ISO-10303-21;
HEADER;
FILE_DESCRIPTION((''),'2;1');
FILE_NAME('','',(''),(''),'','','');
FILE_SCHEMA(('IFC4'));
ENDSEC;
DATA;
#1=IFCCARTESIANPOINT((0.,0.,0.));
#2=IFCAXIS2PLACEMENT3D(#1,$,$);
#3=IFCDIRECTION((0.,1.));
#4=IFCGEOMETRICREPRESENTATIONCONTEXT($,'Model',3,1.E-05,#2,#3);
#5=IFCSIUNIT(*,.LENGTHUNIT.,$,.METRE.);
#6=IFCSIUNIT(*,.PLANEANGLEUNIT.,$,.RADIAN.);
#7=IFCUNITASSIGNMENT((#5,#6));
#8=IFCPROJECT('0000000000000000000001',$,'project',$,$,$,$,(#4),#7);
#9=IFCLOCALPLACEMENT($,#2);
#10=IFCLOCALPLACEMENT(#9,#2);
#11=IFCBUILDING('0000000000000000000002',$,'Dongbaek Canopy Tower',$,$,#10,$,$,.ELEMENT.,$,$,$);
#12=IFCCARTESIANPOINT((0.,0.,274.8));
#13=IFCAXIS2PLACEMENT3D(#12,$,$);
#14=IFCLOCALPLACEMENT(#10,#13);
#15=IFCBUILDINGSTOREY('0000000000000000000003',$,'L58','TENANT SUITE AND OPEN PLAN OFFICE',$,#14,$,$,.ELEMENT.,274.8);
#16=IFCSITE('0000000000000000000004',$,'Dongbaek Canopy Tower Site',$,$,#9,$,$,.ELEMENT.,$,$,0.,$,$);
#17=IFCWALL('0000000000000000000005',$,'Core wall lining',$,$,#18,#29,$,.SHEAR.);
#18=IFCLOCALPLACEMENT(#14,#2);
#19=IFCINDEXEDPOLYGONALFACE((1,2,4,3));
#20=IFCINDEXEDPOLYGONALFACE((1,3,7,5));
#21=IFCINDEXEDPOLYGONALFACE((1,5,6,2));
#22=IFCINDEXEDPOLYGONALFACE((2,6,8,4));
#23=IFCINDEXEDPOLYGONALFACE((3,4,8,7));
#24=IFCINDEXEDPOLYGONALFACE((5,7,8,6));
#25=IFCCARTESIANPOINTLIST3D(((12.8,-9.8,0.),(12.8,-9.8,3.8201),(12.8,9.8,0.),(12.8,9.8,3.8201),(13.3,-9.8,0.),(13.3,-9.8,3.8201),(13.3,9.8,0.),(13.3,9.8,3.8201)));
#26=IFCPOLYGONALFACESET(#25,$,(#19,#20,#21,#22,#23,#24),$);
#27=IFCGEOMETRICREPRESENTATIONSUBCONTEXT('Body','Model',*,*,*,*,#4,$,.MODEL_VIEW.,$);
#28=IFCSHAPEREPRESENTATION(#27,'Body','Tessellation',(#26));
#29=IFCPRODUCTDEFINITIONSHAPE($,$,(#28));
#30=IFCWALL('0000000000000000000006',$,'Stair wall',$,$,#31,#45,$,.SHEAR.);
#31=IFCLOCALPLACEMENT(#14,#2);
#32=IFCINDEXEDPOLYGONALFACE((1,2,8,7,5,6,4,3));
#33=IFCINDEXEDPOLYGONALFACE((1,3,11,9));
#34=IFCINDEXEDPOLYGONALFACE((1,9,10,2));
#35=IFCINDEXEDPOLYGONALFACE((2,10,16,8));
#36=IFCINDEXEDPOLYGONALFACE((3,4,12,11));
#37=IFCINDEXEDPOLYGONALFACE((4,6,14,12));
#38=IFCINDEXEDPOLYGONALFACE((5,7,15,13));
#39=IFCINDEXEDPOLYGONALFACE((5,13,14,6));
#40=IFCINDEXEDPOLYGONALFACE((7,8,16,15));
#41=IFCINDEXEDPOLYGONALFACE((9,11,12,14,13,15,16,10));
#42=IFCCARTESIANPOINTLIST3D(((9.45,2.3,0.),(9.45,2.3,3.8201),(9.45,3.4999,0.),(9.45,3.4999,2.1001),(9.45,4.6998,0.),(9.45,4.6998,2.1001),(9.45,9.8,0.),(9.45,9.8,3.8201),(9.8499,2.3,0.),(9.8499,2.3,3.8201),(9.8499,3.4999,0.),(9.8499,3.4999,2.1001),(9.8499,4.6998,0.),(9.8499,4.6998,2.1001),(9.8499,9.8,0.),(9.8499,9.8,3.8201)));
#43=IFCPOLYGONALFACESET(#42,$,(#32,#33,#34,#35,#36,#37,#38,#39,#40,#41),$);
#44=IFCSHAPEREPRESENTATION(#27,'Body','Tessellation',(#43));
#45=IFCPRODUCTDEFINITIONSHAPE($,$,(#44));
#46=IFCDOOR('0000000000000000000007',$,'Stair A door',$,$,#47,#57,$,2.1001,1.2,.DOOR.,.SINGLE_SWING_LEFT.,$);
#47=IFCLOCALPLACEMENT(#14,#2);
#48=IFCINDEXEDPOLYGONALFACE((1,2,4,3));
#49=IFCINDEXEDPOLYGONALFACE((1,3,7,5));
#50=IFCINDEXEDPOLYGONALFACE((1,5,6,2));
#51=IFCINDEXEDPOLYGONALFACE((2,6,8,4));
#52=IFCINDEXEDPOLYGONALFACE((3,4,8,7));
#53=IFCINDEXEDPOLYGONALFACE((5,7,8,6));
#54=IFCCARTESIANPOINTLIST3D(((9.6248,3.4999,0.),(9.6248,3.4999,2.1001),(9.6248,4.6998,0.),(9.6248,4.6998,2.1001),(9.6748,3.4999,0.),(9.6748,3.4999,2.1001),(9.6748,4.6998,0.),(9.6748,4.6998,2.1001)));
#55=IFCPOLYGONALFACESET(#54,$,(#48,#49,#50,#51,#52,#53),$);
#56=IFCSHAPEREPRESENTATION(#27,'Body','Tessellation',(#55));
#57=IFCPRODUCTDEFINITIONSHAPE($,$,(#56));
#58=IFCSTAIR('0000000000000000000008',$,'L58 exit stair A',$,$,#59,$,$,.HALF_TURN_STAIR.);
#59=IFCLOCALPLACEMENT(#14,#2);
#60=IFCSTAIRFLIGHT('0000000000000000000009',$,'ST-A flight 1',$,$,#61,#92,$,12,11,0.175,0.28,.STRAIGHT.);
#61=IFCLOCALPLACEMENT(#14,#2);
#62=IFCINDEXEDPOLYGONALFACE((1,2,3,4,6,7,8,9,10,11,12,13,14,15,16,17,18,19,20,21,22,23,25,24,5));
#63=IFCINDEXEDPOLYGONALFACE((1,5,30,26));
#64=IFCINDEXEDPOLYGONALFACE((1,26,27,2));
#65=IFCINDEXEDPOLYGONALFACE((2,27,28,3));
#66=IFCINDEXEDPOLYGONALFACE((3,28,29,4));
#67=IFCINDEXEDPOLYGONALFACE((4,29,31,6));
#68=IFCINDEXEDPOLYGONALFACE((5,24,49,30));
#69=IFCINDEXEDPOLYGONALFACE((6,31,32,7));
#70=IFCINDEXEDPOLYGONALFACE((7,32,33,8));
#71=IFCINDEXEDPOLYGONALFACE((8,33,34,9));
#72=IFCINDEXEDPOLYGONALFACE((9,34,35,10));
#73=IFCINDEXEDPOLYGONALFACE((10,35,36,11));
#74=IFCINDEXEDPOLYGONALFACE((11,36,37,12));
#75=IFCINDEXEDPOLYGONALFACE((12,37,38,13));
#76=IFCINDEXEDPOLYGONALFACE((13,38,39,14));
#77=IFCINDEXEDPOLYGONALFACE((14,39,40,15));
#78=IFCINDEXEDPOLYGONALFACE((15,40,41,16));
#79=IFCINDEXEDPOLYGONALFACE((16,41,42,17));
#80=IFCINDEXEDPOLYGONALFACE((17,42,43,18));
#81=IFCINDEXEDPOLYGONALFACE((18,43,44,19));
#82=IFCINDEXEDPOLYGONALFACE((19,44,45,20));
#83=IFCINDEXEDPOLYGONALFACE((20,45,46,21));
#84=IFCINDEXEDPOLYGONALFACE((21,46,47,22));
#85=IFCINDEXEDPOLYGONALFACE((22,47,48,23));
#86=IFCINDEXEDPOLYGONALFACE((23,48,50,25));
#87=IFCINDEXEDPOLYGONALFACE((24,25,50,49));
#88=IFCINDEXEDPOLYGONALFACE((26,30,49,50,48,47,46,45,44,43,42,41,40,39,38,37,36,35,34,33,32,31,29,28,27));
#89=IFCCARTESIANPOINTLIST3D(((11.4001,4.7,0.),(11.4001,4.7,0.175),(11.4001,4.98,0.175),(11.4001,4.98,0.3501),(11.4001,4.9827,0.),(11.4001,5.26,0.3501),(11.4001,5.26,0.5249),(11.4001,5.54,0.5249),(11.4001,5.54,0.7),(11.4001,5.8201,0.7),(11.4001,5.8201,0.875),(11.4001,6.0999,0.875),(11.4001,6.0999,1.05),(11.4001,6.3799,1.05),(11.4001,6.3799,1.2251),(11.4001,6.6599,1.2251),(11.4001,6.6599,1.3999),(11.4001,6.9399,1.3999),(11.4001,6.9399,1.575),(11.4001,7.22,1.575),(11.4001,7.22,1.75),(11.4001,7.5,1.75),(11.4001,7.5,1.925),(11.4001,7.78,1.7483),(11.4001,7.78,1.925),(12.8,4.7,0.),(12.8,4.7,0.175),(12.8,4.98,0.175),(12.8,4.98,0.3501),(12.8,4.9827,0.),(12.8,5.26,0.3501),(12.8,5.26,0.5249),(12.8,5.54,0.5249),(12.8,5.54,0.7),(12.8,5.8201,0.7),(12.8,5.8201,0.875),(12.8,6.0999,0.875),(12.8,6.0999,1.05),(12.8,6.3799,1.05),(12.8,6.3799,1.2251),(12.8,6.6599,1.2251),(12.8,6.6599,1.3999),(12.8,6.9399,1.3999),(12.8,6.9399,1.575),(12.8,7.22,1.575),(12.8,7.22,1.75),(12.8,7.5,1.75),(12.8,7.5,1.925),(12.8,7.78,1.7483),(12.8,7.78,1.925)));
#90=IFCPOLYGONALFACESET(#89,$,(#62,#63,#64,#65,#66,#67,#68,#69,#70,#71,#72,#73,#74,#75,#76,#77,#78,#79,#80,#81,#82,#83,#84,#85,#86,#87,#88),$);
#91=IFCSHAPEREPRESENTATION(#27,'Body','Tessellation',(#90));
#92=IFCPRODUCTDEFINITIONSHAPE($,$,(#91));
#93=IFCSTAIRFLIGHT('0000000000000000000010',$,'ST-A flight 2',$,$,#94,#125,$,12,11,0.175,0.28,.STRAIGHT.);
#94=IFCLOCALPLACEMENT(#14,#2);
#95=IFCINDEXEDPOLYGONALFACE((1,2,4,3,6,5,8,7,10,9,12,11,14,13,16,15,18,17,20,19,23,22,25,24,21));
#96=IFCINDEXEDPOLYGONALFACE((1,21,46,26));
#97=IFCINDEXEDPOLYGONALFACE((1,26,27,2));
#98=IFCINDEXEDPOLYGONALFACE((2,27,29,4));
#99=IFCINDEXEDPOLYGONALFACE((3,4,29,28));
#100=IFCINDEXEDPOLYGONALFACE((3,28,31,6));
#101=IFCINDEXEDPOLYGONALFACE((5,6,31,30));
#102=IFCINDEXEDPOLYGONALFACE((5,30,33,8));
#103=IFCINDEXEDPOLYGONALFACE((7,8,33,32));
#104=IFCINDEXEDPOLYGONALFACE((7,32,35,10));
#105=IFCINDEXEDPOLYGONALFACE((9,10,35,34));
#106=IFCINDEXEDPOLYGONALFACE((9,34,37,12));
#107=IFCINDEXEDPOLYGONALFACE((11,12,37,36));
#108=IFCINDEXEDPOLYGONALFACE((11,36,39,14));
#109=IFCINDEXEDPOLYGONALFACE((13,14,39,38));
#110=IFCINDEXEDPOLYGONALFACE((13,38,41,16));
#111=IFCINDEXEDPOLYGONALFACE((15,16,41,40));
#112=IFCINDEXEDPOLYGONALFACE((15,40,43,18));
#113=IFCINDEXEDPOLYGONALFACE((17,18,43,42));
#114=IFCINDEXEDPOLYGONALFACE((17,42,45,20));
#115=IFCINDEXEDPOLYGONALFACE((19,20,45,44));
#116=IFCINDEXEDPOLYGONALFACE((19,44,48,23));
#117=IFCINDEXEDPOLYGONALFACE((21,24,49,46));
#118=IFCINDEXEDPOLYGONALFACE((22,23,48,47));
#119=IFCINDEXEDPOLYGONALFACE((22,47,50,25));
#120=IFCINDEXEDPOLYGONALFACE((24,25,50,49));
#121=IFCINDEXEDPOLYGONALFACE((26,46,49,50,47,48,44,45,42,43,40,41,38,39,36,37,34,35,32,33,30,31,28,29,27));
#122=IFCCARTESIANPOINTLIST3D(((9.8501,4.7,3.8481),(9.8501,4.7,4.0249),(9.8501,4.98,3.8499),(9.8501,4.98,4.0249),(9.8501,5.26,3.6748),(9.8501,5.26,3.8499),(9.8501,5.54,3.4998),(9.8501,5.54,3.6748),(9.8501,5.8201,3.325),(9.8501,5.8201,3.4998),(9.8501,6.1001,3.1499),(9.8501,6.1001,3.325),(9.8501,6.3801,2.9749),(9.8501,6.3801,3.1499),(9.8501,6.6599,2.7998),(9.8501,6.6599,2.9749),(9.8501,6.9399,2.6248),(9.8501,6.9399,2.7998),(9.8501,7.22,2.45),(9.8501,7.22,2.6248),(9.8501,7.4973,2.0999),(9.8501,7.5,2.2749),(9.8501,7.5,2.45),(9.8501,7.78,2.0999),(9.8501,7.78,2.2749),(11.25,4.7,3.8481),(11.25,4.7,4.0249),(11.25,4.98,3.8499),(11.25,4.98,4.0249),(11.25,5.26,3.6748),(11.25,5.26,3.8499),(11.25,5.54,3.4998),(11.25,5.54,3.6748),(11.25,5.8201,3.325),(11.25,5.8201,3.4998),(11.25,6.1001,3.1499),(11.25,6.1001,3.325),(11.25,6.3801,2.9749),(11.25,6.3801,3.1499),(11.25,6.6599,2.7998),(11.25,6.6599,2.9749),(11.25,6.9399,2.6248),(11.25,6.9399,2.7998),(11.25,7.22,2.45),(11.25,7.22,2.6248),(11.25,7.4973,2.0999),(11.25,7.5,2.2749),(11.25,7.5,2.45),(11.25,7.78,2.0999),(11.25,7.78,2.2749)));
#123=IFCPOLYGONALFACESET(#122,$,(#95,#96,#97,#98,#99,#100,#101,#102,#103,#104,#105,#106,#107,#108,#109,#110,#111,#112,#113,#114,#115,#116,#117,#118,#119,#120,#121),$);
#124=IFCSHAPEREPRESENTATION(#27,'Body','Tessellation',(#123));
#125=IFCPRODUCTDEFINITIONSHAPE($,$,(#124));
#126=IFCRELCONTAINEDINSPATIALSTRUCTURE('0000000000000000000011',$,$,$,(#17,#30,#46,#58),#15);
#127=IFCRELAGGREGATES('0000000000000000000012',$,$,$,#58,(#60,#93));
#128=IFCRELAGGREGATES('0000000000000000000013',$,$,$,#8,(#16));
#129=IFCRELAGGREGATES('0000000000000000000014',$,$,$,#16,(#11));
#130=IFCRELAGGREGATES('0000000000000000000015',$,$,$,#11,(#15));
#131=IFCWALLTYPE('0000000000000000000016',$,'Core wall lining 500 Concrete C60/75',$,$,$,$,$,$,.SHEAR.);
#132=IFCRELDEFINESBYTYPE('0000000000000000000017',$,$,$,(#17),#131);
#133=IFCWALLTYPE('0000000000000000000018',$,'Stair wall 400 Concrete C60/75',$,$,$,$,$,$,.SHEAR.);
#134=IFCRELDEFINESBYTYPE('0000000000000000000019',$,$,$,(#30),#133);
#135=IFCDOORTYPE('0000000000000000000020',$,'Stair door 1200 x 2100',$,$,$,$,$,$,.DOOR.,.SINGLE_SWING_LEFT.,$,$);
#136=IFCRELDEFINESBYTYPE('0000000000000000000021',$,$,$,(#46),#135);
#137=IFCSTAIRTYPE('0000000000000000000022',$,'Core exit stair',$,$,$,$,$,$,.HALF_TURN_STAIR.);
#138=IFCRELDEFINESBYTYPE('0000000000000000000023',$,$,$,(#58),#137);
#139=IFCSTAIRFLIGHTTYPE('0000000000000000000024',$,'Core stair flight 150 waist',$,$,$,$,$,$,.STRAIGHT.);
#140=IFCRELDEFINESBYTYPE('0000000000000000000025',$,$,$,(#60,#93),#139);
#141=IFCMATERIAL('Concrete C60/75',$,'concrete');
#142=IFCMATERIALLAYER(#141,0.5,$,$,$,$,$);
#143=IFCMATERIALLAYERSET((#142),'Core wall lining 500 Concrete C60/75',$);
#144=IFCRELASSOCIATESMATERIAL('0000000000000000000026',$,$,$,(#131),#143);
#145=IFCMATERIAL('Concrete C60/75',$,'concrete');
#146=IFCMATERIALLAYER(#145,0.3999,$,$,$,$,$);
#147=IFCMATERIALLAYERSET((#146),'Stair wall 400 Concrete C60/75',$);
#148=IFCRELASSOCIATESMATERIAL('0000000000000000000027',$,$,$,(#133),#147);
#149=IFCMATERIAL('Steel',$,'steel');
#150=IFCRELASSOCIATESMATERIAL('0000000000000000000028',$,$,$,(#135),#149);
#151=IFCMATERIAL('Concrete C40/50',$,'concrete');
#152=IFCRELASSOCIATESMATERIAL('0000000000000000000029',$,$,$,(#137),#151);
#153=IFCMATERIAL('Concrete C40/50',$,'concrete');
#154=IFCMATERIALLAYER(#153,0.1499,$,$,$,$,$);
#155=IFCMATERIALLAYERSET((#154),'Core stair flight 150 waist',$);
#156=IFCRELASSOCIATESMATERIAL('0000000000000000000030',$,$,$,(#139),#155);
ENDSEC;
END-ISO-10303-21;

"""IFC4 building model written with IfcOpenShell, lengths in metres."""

from ifc_helpers import new_model, si_unit, direction, frame, frame_2d, origin, place, context, subcontext, project, spatial, polyline, rectangle, outline, extrude, material, layer, layer_set, type_object, element, fill, aggregate, save


model = new_model("IFC4")

# Units and contexts
model_context = context("Model", 3, precision=1e-05, world=origin(), true_north=direction((0.0, 1.0)))
body_context = subcontext(model_context, "Body", "Model", "MODEL_VIEW")
ifc_project = project(units=[si_unit("LENGTHUNIT", "METRE"), si_unit("PLANEANGLEUNIT", "RADIAN")], contexts=[model_context])

# Site, building, storey
site_placement = place(None, origin())
site = spatial("IfcSite", under=ifc_project, at=site_placement, Name="Dongbaek Canopy Tower Site", CompositionType="ELEMENT", RefElevation=0.0)
building_placement = place(site_placement, origin())
building = spatial("IfcBuilding", under=site, at=building_placement, Name="Dongbaek Canopy Tower", CompositionType="ELEMENT")
storey_placement = place(building_placement, frame((0.0, 0.0, 274.8)))
storey = spatial("IfcBuildingStorey", under=building, at=storey_placement, Name="L58", Description="TENANT SUITE AND OPEN PLAN OFFICE", CompositionType="ELEMENT", Elevation=274.8)

# Wall
ifc_material_1 = material(Name="Concrete C60/75", Category="concrete")
ifc_layer_1 = layer(ifc_material_1, 0.5)
ifc_layer_set_1 = layer_set([ifc_layer_1], Name="Core wall lining 500 Concrete C60/75")
wall_type_1 = type_object("IfcWallType", Name="Core wall lining 500 Concrete C60/75", PredefinedType="SHEAR", material=ifc_layer_set_1)
wall_1_placement = place(storey_placement, frame((13.05, 9.8, 0.0), z_axis=(0.0, 0.0, 1.0), x_axis=(0.0, -1.0, 0.0)))
element("IfcWall", 1, at=wall_1_placement, inside=storey, type_object=wall_type_1, Name="Core wall lining", PredefinedType="SHEAR", context=body_context, shape_type="SweptSolid", body=[
    extrude(rectangle(XDim=19.6001, YDim=0.5, at=frame_2d((9.8, 0.0))), origin(), (0.0, 0.0, 1.0), 3.8201),
])

# Wall, opening, door
ifc_material_2 = material(Name="Concrete C60/75", Category="concrete")
ifc_layer_2 = layer(ifc_material_2, 0.3999)
ifc_layer_set_2 = layer_set([ifc_layer_2], Name="Stair wall 400 Concrete C60/75")
wall_type_2 = type_object("IfcWallType", Name="Stair wall 400 Concrete C60/75", PredefinedType="SHEAR", material=ifc_layer_set_2)
wall_2_placement = place(storey_placement, frame((9.6499, 9.8, 0.0), z_axis=(0.0, 0.0, 1.0), x_axis=(0.0, -1.0, 0.0)))
wall_2 = element("IfcWall", 2, at=wall_2_placement, inside=storey, type_object=wall_type_2, Name="Stair wall", PredefinedType="SHEAR", context=body_context, shape_type="SweptSolid", body=[
    extrude(rectangle(XDim=7.5, YDim=0.3999, at=frame_2d((3.75, 0.0))), origin(), (0.0, 0.0, 1.0), 3.8201),
])
opening_placement = place(wall_2_placement, frame((5.1001, 0.0, 0.0)))
opening = element("IfcOpeningElement", 3, at=opening_placement, cuts=wall_2, PredefinedType="OPENING", context=body_context, shape_type="SweptSolid", body=[
    extrude(rectangle(XDim=1.2, YDim=2.1001, at=frame_2d((0.6001, 1.05))), frame((0.0, 0.21, 0.0), z_axis=(0.0, -1.0, 0.0), x_axis=(1.0, 0.0, 0.0)), (0.0, 0.0, 1.0), 0.4199),
])
ifc_material_3 = material(Name="Steel", Category="steel")
door_type = type_object("IfcDoorType", Name="Stair door 1200 x 2100", OperationType="SINGLE_SWING_LEFT", PredefinedType="DOOR", material=ifc_material_3)
door_placement = place(opening_placement, origin())
door = element("IfcDoor", 4, at=door_placement, inside=storey, type_object=door_type, Name="Stair A door", OperationType="SINGLE_SWING_LEFT", OverallHeight=2.1001, OverallWidth=1.2, PredefinedType="DOOR", context=body_context, shape_type="SweptSolid", body=[
    extrude(rectangle(XDim=1.2, YDim=2.1001, at=frame_2d((0.6001, 1.05))), frame((0.0, 0.0249, 0.0), z_axis=(0.0, -1.0, 0.0), x_axis=(1.0, 0.0, 0.0)), (0.0, 0.0, 1.0), 0.05),
])
fill(opening, door)

# Stair, stair flights
ifc_material_4 = material(Name="Concrete C40/50", Category="concrete")
stair_type = type_object("IfcStairType", Name="Core exit stair", PredefinedType="HALF_TURN_STAIR", material=ifc_material_4)
stair_placement = place(storey_placement, origin())
stair = element("IfcStair", 5, at=stair_placement, inside=storey, type_object=stair_type, Name="L58 exit stair A", PredefinedType="HALF_TURN_STAIR")
ifc_material_5 = material(Name="Concrete C40/50", Category="concrete")
ifc_layer_3 = layer(ifc_material_5, 0.1499)
ifc_layer_set_3 = layer_set([ifc_layer_3], Name="Core stair flight 150 waist")
stair_flight_type = type_object("IfcStairFlightType", Name="Core stair flight 150 waist", PredefinedType="STRAIGHT", material=ifc_layer_set_3)
stair_flight_1_placement = place(storey_placement, frame((12.1001, 4.7, 0.0), z_axis=(0.0, 0.0, 1.0), x_axis=(0.0, 1.0, 0.0)))
stair_flight_1 = element("IfcStairFlight", 6, at=stair_flight_1_placement, type_object=stair_flight_type, Name="ST-A flight 1", NumberOfRisers=12, NumberOfTreads=11, PredefinedType="STRAIGHT", RiserHeight=0.175, TreadLength=0.28, context=body_context, shape_type="SweptSolid", body=[
    extrude(outline(polyline([(0.0, 0.0), (0.0, 0.175), (0.28, 0.175), (0.28, 0.3501), (0.5601, 0.3501), (0.5601, 0.5249), (0.8401, 0.5249), (0.8401, 0.7), (1.1201, 0.7), (1.1201, 0.875), (1.3999, 0.875), (1.3999, 1.05), (1.6799, 1.05), (1.6799, 1.2251), (1.96, 1.2251), (1.96, 1.3999), (2.24, 1.3999), (2.24, 1.575), (2.52, 1.575), (2.52, 1.75), (2.8, 1.75), (2.8, 1.925), (3.0801, 1.925), (3.0801, 2.1001), (3.0801, 1.7483), (0.2827, 0.0), (0.0, 0.0)])), frame((0.0, 0.7, 0.0), z_axis=(0.0, -1.0, 0.0), x_axis=(1.0, 0.0, 0.0)), (0.0, 0.0, 1.0), 1.3999),
])
stair_flight_2_placement = place(storey_placement, frame((10.55, 7.78, 2.0999), z_axis=(0.0, 0.0, 1.0), x_axis=(0.0, -1.0, 0.0)))
stair_flight_2 = element("IfcStairFlight", 7, at=stair_flight_2_placement, type_object=stair_flight_type, Name="ST-A flight 2", NumberOfRisers=12, NumberOfTreads=11, PredefinedType="STRAIGHT", RiserHeight=0.175, TreadLength=0.28, context=body_context, shape_type="SweptSolid", body=[
    extrude(outline(polyline([(0.0, 0.0), (0.0, 0.175), (0.28, 0.175), (0.28, 0.3501), (0.5601, 0.3501), (0.5601, 0.5249), (0.8401, 0.5249), (0.8401, 0.7), (1.1201, 0.7), (1.1201, 0.875), (1.3999, 0.875), (1.3999, 1.05), (1.6799, 1.05), (1.6799, 1.2251), (1.96, 1.2251), (1.96, 1.3999), (2.24, 1.3999), (2.24, 1.575), (2.52, 1.575), (2.52, 1.75), (2.8, 1.75), (2.8, 1.925), (3.0801, 1.925), (3.0801, 2.1001), (3.0801, 1.7483), (0.2827, 0.0), (0.0, 0.0)])), frame((0.0, 0.7, 0.0), z_axis=(0.0, -1.0, 0.0), x_axis=(1.0, 0.0, 0.0)), (0.0, 0.0, 1.0), 1.3999),
])
aggregate(stair, [stair_flight_1, stair_flight_2])

save(model, "model.ifc")
